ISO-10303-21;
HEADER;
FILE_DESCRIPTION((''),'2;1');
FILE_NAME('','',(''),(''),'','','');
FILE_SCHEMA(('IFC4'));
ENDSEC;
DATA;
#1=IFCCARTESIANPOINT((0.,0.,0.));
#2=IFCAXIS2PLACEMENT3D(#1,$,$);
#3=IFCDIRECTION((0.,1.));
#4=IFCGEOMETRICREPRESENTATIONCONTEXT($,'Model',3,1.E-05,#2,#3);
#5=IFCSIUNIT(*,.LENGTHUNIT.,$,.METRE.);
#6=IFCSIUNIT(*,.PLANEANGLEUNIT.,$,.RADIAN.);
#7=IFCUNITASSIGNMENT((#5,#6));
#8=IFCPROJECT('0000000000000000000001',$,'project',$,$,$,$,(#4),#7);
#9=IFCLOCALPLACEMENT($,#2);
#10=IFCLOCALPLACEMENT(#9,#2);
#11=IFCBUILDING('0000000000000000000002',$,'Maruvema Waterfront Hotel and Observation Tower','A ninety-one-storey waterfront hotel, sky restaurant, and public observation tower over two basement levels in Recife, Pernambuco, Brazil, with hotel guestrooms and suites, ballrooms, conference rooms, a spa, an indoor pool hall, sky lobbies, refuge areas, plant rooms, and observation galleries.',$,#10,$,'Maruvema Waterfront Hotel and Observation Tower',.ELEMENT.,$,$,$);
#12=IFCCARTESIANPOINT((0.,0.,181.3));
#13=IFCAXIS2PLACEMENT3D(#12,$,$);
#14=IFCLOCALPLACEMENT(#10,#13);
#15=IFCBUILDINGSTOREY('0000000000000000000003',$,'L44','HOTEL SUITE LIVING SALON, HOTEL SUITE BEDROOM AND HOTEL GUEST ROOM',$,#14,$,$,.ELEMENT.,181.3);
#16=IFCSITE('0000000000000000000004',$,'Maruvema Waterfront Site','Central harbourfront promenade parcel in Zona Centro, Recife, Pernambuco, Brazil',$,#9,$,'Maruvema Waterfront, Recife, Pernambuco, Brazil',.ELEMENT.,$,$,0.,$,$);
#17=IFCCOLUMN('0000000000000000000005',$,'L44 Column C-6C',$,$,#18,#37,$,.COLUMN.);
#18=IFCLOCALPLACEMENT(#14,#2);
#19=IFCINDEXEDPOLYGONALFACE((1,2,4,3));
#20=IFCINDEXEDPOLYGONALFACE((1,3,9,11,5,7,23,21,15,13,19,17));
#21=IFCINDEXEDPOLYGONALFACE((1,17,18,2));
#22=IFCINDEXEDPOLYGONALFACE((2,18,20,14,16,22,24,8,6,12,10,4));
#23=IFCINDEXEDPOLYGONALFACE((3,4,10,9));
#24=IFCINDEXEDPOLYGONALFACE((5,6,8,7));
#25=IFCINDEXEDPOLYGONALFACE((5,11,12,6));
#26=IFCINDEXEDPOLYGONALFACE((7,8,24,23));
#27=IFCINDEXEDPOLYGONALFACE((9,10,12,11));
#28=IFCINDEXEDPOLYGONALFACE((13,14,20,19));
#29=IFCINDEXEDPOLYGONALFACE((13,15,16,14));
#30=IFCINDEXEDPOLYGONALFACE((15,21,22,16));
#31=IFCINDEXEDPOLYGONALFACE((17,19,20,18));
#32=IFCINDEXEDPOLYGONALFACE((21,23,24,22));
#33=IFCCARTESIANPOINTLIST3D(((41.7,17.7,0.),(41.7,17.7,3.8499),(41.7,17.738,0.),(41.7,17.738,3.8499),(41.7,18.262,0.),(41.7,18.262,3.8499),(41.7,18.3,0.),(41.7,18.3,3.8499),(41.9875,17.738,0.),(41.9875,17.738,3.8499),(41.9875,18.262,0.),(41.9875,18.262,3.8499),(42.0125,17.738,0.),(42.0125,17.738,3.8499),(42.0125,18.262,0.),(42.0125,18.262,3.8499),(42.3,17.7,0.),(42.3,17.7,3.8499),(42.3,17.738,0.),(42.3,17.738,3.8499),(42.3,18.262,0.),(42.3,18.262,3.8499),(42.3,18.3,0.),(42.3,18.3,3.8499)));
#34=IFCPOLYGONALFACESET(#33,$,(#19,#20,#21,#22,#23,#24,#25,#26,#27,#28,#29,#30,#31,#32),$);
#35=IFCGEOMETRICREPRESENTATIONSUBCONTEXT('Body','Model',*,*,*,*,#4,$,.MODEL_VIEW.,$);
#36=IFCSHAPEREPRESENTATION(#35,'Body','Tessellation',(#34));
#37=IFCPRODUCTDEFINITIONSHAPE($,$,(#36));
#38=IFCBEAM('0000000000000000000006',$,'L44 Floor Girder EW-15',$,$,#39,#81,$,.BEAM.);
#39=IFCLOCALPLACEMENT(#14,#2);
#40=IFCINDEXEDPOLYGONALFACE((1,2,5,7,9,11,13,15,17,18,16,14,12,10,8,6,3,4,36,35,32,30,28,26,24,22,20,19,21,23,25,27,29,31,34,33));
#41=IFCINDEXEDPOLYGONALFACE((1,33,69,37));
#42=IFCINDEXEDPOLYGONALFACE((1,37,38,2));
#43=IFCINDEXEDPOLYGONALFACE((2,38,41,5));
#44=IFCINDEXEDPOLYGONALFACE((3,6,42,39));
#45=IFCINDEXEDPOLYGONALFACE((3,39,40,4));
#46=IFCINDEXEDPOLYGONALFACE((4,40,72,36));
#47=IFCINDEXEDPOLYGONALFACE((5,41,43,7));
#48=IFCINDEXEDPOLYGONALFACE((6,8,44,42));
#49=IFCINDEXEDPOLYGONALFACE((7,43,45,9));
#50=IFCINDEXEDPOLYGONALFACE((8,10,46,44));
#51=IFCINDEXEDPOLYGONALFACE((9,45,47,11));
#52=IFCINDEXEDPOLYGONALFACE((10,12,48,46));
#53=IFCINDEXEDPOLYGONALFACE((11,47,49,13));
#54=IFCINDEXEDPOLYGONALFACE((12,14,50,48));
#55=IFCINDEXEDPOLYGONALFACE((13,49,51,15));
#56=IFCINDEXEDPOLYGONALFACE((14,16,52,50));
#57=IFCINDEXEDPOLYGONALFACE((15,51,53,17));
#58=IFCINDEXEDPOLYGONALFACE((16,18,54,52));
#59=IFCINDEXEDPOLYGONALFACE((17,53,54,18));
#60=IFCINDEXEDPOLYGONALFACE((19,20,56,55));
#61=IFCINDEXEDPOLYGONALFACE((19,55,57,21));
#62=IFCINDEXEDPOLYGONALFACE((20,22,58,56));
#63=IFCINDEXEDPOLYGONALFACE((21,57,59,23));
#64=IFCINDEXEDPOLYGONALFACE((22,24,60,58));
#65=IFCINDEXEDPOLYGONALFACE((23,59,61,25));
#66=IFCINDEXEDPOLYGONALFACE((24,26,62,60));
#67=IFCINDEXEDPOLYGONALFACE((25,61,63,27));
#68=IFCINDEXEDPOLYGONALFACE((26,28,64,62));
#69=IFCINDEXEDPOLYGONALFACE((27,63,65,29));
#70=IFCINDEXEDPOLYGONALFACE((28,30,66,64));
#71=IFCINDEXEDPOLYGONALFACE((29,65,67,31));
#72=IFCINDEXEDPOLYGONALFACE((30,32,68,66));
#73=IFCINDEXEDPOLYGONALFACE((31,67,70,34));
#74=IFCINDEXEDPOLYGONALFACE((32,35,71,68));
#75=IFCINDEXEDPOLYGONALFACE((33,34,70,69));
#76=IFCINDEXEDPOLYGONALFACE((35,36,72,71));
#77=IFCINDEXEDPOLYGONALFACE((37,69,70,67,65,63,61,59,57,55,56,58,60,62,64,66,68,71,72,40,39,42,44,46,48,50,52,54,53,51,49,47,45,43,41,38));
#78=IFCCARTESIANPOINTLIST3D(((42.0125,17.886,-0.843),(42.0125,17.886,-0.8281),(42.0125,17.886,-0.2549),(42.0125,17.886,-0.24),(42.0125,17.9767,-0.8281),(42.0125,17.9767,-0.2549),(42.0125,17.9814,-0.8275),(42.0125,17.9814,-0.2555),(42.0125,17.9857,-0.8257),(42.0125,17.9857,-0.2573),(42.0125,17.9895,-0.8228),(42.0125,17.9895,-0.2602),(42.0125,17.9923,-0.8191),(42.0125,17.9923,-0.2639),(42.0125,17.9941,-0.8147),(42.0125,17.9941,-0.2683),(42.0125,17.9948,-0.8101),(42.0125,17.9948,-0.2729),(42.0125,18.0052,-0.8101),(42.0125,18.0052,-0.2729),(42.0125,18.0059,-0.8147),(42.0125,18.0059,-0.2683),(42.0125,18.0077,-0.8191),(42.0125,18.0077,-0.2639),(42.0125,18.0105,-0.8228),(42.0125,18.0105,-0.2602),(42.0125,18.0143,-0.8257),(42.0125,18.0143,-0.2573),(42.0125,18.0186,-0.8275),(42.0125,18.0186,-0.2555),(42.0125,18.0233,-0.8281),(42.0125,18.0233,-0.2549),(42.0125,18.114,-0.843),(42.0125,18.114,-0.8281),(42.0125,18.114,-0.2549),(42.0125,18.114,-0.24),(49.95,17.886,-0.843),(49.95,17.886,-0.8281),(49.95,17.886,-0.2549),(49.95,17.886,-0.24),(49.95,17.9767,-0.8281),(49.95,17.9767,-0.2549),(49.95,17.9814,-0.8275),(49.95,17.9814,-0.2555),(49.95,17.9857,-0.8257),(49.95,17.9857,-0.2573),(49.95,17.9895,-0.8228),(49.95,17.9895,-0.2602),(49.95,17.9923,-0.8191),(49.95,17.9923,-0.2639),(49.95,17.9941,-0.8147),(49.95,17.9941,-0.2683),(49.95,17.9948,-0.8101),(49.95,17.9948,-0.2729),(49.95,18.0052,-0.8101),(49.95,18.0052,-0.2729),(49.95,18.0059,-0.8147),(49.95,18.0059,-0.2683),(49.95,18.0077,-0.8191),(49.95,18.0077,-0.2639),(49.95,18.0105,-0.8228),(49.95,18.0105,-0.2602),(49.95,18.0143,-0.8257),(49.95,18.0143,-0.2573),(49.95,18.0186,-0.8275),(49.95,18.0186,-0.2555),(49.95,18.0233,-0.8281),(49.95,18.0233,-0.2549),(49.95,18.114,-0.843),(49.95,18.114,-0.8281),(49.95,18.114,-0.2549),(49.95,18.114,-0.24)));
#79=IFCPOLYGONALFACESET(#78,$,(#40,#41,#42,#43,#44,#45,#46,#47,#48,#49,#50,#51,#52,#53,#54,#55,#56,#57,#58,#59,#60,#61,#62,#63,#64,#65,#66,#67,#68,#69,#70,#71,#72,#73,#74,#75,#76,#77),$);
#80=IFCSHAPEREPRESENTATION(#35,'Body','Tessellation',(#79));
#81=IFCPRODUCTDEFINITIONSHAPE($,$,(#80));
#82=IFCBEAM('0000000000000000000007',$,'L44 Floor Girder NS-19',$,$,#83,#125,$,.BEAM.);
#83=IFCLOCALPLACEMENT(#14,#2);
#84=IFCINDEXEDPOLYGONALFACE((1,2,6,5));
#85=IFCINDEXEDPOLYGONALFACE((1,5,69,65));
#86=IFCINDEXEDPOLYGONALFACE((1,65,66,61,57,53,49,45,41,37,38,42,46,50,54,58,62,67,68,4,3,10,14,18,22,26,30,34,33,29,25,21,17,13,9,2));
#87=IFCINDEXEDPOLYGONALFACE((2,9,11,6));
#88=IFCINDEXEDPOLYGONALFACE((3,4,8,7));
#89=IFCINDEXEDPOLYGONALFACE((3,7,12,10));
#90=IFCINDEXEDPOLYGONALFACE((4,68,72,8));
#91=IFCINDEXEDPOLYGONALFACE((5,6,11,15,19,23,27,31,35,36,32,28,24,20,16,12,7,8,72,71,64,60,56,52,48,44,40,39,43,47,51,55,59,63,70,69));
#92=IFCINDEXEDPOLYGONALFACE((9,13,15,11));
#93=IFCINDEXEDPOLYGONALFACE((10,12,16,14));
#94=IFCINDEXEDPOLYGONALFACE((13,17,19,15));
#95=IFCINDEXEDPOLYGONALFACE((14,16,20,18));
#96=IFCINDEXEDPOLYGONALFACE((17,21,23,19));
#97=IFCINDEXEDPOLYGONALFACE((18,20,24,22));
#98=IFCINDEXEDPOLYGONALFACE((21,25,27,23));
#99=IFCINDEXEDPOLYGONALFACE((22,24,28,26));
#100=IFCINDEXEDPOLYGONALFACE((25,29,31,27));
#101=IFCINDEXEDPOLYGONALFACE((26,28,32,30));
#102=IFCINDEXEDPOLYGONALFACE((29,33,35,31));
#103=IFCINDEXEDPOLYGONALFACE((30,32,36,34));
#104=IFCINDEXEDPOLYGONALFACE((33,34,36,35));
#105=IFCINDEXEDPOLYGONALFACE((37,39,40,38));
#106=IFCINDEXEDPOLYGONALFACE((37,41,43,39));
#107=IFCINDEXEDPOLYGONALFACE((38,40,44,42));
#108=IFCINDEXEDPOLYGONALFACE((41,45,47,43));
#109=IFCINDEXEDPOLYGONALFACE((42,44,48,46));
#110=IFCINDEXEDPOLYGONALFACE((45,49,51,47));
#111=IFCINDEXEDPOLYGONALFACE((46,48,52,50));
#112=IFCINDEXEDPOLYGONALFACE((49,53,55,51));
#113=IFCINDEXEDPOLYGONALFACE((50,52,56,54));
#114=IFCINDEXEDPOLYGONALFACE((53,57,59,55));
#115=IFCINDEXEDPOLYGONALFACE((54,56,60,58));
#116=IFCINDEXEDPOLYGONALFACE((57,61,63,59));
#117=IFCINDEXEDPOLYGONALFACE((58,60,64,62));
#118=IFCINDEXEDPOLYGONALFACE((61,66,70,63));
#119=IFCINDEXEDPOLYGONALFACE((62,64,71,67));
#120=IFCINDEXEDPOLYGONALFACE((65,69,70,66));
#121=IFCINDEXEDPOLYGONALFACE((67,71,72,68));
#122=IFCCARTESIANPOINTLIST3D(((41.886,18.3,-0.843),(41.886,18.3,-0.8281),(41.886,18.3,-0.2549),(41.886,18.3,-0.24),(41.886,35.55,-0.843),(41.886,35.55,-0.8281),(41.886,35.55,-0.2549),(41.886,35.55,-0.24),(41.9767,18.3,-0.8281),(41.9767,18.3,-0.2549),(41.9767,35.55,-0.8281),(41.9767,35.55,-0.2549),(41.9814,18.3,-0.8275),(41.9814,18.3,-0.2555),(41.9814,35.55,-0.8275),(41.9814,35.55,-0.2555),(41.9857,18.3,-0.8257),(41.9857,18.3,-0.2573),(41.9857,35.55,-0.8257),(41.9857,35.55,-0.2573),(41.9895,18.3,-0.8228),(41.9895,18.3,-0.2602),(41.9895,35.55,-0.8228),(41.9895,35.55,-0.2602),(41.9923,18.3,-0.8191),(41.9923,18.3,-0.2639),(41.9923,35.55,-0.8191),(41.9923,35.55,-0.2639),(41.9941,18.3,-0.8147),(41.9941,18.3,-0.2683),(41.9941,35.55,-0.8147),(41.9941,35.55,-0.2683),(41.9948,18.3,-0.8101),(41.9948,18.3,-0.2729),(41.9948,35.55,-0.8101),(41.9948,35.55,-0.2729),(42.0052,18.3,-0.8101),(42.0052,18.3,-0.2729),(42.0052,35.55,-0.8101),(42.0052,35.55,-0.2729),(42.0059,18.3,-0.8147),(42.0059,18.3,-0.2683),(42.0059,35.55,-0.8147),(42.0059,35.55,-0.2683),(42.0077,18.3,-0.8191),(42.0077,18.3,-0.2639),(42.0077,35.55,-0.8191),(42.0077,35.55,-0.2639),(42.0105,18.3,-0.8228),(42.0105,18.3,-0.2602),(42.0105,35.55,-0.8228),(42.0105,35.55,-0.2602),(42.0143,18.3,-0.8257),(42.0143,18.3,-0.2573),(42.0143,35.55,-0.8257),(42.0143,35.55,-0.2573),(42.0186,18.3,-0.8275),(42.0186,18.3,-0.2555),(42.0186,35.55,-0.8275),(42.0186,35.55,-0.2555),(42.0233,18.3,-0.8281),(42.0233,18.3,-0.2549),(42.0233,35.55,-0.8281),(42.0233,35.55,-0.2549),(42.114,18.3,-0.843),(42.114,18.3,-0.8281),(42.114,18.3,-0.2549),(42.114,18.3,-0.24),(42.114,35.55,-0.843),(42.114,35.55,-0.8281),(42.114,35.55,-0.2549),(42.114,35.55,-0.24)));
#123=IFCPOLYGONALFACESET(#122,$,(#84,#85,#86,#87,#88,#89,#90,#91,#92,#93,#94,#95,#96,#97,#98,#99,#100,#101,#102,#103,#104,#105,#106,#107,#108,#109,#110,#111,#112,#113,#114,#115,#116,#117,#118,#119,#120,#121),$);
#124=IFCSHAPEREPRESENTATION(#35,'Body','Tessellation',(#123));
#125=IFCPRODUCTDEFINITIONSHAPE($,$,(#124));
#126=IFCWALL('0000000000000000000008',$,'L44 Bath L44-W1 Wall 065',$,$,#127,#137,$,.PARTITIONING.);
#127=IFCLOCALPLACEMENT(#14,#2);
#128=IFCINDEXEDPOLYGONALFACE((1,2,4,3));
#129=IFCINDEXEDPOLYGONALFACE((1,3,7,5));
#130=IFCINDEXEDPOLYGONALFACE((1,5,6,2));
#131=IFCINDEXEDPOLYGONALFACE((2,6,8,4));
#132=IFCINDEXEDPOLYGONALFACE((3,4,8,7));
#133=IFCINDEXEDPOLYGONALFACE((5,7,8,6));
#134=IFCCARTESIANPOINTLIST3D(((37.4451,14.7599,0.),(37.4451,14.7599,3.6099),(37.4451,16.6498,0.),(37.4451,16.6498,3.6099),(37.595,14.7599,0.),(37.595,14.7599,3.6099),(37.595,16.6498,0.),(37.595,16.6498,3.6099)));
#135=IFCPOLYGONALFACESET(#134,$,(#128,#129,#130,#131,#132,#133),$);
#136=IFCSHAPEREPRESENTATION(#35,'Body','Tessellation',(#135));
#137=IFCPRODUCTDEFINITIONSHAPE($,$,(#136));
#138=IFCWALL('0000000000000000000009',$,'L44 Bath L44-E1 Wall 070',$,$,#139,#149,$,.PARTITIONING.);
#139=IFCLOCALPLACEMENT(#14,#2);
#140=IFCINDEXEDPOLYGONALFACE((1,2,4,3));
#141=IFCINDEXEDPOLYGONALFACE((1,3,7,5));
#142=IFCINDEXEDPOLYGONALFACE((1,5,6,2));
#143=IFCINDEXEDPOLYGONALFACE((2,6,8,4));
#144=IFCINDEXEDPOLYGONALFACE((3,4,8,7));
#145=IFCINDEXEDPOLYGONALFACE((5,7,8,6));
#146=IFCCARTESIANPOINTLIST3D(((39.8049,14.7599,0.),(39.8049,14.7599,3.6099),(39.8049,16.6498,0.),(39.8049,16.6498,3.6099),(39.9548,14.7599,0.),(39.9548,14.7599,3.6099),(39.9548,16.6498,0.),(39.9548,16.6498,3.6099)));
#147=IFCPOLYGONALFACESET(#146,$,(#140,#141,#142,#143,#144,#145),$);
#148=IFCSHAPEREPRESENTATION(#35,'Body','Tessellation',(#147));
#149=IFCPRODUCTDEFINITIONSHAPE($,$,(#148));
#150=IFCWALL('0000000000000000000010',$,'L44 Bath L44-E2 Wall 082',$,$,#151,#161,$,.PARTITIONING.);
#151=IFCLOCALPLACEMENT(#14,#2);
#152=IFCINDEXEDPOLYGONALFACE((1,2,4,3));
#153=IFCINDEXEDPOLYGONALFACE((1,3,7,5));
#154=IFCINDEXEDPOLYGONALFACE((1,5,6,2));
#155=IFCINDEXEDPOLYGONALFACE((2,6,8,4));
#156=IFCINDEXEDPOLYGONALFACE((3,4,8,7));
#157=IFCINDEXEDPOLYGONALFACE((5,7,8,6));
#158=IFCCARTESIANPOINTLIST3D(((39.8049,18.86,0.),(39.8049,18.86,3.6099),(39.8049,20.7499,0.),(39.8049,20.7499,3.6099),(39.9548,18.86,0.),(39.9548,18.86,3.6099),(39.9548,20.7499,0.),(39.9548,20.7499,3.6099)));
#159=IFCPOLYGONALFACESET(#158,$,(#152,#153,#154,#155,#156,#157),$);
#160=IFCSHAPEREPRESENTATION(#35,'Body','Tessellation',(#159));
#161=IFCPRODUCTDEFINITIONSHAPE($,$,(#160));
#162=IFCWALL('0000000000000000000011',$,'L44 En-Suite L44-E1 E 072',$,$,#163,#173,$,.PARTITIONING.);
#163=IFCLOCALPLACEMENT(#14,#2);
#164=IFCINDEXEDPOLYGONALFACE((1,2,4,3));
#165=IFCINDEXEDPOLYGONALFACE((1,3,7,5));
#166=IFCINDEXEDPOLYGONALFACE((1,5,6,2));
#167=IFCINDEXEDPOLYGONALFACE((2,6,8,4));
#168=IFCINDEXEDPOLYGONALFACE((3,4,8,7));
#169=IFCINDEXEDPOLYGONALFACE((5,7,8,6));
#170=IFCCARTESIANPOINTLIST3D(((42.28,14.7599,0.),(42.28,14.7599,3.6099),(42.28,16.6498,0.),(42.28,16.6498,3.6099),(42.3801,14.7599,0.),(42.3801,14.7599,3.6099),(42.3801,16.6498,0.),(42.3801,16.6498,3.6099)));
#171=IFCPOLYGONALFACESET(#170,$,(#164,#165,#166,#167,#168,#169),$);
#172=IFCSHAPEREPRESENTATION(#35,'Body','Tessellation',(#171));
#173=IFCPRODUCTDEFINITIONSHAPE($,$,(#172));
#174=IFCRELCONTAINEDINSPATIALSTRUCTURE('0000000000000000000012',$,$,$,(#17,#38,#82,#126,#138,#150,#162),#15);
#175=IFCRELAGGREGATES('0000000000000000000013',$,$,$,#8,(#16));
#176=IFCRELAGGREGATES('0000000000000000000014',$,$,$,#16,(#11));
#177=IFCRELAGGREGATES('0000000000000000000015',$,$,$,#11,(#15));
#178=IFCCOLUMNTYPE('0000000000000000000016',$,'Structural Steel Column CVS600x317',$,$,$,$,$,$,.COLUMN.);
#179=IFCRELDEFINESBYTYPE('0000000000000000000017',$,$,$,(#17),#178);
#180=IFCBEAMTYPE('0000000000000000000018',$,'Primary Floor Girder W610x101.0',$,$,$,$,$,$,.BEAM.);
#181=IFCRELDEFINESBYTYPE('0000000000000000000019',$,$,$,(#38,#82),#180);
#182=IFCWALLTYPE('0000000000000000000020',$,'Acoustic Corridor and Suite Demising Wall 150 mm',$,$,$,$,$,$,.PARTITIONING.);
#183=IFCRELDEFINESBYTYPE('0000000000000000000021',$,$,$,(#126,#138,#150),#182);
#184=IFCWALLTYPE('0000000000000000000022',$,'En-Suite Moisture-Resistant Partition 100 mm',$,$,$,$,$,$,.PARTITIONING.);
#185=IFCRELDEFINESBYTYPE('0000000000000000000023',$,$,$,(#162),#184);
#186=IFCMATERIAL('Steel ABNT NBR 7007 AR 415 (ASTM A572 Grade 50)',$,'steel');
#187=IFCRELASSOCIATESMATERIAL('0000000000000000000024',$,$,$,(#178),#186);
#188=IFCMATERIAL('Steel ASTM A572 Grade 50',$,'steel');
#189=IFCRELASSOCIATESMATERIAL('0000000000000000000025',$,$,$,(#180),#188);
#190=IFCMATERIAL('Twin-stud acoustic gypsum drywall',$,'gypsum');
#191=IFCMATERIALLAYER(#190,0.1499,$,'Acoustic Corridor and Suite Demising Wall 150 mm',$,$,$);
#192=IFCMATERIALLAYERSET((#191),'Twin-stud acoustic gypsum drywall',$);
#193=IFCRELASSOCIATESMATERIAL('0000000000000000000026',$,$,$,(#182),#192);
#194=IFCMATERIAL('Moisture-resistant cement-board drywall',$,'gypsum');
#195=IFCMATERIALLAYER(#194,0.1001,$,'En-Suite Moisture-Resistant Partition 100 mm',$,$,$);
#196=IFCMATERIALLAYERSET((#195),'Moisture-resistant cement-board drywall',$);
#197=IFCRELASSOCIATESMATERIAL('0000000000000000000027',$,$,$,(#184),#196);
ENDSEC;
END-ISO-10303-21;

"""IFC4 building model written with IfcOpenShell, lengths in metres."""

from ifc_helpers import new_model, si_unit, direction, frame, frame_2d, origin, origin_2d, place, context, subcontext, project, spatial, rectangle, i_section, extrude, material, layer, layer_set, material_profile, profile_set, type_object, element, save


model = new_model("IFC4")

# Units and contexts
model_context = context("Model", 3, precision=1e-05, world=origin(), true_north=direction((0.0, 1.0)))
body_context = subcontext(model_context, "Body", "Model", "MODEL_VIEW")
ifc_project = project(units=[si_unit("LENGTHUNIT", "METRE"), si_unit("PLANEANGLEUNIT", "RADIAN")], contexts=[model_context])

# Site, building, storey
site_placement = place(None, origin())
site = spatial("IfcSite", under=ifc_project, at=site_placement, Name="Maruvema Waterfront Site", Description="Central harbourfront promenade parcel in Zona Centro, Recife, Pernambuco, Brazil", LongName="Maruvema Waterfront, Recife, Pernambuco, Brazil", CompositionType="ELEMENT", RefElevation=0.0)
building_placement = place(site_placement, origin())
building = spatial("IfcBuilding", under=site, at=building_placement, Name="Maruvema Waterfront Hotel and Observation Tower", Description="A ninety-one-storey waterfront hotel, sky restaurant, and public observation tower over two basement levels in Recife, Pernambuco, Brazil, with hotel guestrooms and suites, ballrooms, conference rooms, a spa, an indoor pool hall, sky lobbies, refuge areas, plant rooms, and observation galleries.", LongName="Maruvema Waterfront Hotel and Observation Tower", CompositionType="ELEMENT")
storey_placement = place(building_placement, frame((0.0, 0.0, 181.3)))
storey = spatial("IfcBuildingStorey", under=building, at=storey_placement, Name="L44", Description="HOTEL SUITE LIVING SALON, HOTEL SUITE BEDROOM AND HOTEL GUEST ROOM", CompositionType="ELEMENT", Elevation=181.3)

# Column
ifc_material_1 = material(Name="Steel ABNT NBR 7007 AR 415 (ASTM A572 Grade 50)", Category="steel")
ifc_material_profile_1 = material_profile(ifc_material_1, i_section(OverallWidth=0.6001, OverallDepth=0.6001, WebThickness=0.0249, FlangeThickness=0.0381, at=origin_2d()), Name="CVS600x317")
ifc_profile_set_1 = profile_set([ifc_material_profile_1], Name="Steel ABNT NBR 7007 AR 415 (ASTM A572 Grade 50)")
column_type = type_object("IfcColumnType", Name="Structural Steel Column CVS600x317", PredefinedType="COLUMN", material=ifc_profile_set_1)
column_placement = place(storey_placement, frame((42.0, 18.0, 0.0), z_axis=(0.0, 0.0, 1.0), x_axis=(1.0, 0.0, 0.0)))
element("IfcColumn", 1, at=column_placement, inside=storey, type_object=column_type, Name="L44 Column C-6C", PredefinedType="COLUMN", context=body_context, shape_type="SweptSolid", body=[
    extrude(i_section(OverallWidth=0.6001, OverallDepth=0.6001, WebThickness=0.0249, FlangeThickness=0.0381, at=origin_2d()), origin(), (0.0, 0.0, 1.0), 3.8499),
])

# Beams
ifc_material_2 = material(Name="Steel ASTM A572 Grade 50", Category="steel")
ifc_material_profile_2 = material_profile(ifc_material_2, i_section(OverallWidth=0.228, OverallDepth=0.603, WebThickness=0.0105, FlangeThickness=0.0149, FilletRadius=0.0181, at=origin_2d()), Name="W610x101.0")
ifc_profile_set_2 = profile_set([ifc_material_profile_2], Name="Steel ASTM A572 Grade 50")
beam_type = type_object("IfcBeamType", Name="Primary Floor Girder W610x101.0", PredefinedType="BEAM", material=ifc_profile_set_2)
beam_1_placement = place(storey_placement, frame((42.0125, 18.0, -0.5415), z_axis=(1.0, 0.0, 0.0), x_axis=(0.0, 1.0, 0.0)))
element("IfcBeam", 2, at=beam_1_placement, inside=storey, type_object=beam_type, Name="L44 Floor Girder EW-15", PredefinedType="BEAM", context=body_context, shape_type="SweptSolid", body=[
    extrude(i_section(OverallWidth=0.228, OverallDepth=0.603, WebThickness=0.0105, FlangeThickness=0.0149, FilletRadius=0.0181, at=origin_2d()), origin(), (0.0, 0.0, 1.0), 7.9375),
])
beam_2_placement = place(storey_placement, frame((42.0, 18.3, -0.5415), z_axis=(0.0, 1.0, 0.0), x_axis=(-1.0, 0.0, 0.0)))
element("IfcBeam", 3, at=beam_2_placement, inside=storey, type_object=beam_type, Name="L44 Floor Girder NS-19", PredefinedType="BEAM", context=body_context, shape_type="SweptSolid", body=[
    extrude(i_section(OverallWidth=0.228, OverallDepth=0.603, WebThickness=0.0105, FlangeThickness=0.0149, FilletRadius=0.0181, at=origin_2d()), origin(), (0.0, 0.0, 1.0), 17.25),
])

# Wall
ifc_material_3 = material(Name="Twin-stud acoustic gypsum drywall", Category="gypsum")
ifc_layer_1 = layer(ifc_material_3, 0.1499, Name="Acoustic Corridor and Suite Demising Wall 150 mm")
ifc_layer_set_1 = layer_set([ifc_layer_1], Name="Twin-stud acoustic gypsum drywall")
wall_type_1 = type_object("IfcWallType", Name="Acoustic Corridor and Suite Demising Wall 150 mm", PredefinedType="PARTITIONING", material=ifc_layer_set_1)
wall_1_placement = place(storey_placement, frame((37.52, 14.76, 0.0), z_axis=(0.0, 0.0, 1.0), x_axis=(0.0, 1.0, 0.0)))
element("IfcWall", 4, at=wall_1_placement, inside=storey, type_object=wall_type_1, Name="L44 Bath L44-W1 Wall 065", PredefinedType="PARTITIONING", context=body_context, shape_type="SweptSolid", body=[
    extrude(rectangle(XDim=1.8899, YDim=0.1499, at=frame_2d((0.9448, 0.0))), origin(), (0.0, 0.0, 1.0), 3.6099),
])

# Wall
wall_2_placement = place(storey_placement, frame((39.8799, 14.76, 0.0), z_axis=(0.0, 0.0, 1.0), x_axis=(0.0, 1.0, 0.0)))
element("IfcWall", 5, at=wall_2_placement, inside=storey, type_object=wall_type_1, Name="L44 Bath L44-E1 Wall 070", PredefinedType="PARTITIONING", context=body_context, shape_type="SweptSolid", body=[
    extrude(rectangle(XDim=1.8899, YDim=0.1499, at=frame_2d((0.9448, 0.0))), origin(), (0.0, 0.0, 1.0), 3.6099),
])

# Walls
wall_3_placement = place(storey_placement, frame((39.8799, 18.8601, 0.0), z_axis=(0.0, 0.0, 1.0), x_axis=(0.0, 1.0, 0.0)))
element("IfcWall", 6, at=wall_3_placement, inside=storey, type_object=wall_type_1, Name="L44 Bath L44-E2 Wall 082", PredefinedType="PARTITIONING", context=body_context, shape_type="SweptSolid", body=[
    extrude(rectangle(XDim=1.8899, YDim=0.1499, at=frame_2d((0.9448, 0.0))), origin(), (0.0, 0.0, 1.0), 3.6099),
])
ifc_material_4 = material(Name="Moisture-resistant cement-board drywall", Category="gypsum")
ifc_layer_2 = layer(ifc_material_4, 0.1001, Name="En-Suite Moisture-Resistant Partition 100 mm")
ifc_layer_set_2 = layer_set([ifc_layer_2], Name="Moisture-resistant cement-board drywall")
wall_type_2 = type_object("IfcWallType", Name="En-Suite Moisture-Resistant Partition 100 mm", PredefinedType="PARTITIONING", material=ifc_layer_set_2)
wall_4_placement = place(storey_placement, frame((42.3301, 14.76, 0.0), z_axis=(0.0, 0.0, 1.0), x_axis=(0.0, 1.0, 0.0)))
element("IfcWall", 7, at=wall_4_placement, inside=storey, type_object=wall_type_2, Name="L44 En-Suite L44-E1 E 072", PredefinedType="PARTITIONING", context=body_context, shape_type="SweptSolid", body=[
    extrude(rectangle(XDim=1.8899, YDim=0.1001, at=frame_2d((0.9448, 0.0))), origin(), (0.0, 0.0, 1.0), 3.6099),
])

save(model, "model.ifc")
